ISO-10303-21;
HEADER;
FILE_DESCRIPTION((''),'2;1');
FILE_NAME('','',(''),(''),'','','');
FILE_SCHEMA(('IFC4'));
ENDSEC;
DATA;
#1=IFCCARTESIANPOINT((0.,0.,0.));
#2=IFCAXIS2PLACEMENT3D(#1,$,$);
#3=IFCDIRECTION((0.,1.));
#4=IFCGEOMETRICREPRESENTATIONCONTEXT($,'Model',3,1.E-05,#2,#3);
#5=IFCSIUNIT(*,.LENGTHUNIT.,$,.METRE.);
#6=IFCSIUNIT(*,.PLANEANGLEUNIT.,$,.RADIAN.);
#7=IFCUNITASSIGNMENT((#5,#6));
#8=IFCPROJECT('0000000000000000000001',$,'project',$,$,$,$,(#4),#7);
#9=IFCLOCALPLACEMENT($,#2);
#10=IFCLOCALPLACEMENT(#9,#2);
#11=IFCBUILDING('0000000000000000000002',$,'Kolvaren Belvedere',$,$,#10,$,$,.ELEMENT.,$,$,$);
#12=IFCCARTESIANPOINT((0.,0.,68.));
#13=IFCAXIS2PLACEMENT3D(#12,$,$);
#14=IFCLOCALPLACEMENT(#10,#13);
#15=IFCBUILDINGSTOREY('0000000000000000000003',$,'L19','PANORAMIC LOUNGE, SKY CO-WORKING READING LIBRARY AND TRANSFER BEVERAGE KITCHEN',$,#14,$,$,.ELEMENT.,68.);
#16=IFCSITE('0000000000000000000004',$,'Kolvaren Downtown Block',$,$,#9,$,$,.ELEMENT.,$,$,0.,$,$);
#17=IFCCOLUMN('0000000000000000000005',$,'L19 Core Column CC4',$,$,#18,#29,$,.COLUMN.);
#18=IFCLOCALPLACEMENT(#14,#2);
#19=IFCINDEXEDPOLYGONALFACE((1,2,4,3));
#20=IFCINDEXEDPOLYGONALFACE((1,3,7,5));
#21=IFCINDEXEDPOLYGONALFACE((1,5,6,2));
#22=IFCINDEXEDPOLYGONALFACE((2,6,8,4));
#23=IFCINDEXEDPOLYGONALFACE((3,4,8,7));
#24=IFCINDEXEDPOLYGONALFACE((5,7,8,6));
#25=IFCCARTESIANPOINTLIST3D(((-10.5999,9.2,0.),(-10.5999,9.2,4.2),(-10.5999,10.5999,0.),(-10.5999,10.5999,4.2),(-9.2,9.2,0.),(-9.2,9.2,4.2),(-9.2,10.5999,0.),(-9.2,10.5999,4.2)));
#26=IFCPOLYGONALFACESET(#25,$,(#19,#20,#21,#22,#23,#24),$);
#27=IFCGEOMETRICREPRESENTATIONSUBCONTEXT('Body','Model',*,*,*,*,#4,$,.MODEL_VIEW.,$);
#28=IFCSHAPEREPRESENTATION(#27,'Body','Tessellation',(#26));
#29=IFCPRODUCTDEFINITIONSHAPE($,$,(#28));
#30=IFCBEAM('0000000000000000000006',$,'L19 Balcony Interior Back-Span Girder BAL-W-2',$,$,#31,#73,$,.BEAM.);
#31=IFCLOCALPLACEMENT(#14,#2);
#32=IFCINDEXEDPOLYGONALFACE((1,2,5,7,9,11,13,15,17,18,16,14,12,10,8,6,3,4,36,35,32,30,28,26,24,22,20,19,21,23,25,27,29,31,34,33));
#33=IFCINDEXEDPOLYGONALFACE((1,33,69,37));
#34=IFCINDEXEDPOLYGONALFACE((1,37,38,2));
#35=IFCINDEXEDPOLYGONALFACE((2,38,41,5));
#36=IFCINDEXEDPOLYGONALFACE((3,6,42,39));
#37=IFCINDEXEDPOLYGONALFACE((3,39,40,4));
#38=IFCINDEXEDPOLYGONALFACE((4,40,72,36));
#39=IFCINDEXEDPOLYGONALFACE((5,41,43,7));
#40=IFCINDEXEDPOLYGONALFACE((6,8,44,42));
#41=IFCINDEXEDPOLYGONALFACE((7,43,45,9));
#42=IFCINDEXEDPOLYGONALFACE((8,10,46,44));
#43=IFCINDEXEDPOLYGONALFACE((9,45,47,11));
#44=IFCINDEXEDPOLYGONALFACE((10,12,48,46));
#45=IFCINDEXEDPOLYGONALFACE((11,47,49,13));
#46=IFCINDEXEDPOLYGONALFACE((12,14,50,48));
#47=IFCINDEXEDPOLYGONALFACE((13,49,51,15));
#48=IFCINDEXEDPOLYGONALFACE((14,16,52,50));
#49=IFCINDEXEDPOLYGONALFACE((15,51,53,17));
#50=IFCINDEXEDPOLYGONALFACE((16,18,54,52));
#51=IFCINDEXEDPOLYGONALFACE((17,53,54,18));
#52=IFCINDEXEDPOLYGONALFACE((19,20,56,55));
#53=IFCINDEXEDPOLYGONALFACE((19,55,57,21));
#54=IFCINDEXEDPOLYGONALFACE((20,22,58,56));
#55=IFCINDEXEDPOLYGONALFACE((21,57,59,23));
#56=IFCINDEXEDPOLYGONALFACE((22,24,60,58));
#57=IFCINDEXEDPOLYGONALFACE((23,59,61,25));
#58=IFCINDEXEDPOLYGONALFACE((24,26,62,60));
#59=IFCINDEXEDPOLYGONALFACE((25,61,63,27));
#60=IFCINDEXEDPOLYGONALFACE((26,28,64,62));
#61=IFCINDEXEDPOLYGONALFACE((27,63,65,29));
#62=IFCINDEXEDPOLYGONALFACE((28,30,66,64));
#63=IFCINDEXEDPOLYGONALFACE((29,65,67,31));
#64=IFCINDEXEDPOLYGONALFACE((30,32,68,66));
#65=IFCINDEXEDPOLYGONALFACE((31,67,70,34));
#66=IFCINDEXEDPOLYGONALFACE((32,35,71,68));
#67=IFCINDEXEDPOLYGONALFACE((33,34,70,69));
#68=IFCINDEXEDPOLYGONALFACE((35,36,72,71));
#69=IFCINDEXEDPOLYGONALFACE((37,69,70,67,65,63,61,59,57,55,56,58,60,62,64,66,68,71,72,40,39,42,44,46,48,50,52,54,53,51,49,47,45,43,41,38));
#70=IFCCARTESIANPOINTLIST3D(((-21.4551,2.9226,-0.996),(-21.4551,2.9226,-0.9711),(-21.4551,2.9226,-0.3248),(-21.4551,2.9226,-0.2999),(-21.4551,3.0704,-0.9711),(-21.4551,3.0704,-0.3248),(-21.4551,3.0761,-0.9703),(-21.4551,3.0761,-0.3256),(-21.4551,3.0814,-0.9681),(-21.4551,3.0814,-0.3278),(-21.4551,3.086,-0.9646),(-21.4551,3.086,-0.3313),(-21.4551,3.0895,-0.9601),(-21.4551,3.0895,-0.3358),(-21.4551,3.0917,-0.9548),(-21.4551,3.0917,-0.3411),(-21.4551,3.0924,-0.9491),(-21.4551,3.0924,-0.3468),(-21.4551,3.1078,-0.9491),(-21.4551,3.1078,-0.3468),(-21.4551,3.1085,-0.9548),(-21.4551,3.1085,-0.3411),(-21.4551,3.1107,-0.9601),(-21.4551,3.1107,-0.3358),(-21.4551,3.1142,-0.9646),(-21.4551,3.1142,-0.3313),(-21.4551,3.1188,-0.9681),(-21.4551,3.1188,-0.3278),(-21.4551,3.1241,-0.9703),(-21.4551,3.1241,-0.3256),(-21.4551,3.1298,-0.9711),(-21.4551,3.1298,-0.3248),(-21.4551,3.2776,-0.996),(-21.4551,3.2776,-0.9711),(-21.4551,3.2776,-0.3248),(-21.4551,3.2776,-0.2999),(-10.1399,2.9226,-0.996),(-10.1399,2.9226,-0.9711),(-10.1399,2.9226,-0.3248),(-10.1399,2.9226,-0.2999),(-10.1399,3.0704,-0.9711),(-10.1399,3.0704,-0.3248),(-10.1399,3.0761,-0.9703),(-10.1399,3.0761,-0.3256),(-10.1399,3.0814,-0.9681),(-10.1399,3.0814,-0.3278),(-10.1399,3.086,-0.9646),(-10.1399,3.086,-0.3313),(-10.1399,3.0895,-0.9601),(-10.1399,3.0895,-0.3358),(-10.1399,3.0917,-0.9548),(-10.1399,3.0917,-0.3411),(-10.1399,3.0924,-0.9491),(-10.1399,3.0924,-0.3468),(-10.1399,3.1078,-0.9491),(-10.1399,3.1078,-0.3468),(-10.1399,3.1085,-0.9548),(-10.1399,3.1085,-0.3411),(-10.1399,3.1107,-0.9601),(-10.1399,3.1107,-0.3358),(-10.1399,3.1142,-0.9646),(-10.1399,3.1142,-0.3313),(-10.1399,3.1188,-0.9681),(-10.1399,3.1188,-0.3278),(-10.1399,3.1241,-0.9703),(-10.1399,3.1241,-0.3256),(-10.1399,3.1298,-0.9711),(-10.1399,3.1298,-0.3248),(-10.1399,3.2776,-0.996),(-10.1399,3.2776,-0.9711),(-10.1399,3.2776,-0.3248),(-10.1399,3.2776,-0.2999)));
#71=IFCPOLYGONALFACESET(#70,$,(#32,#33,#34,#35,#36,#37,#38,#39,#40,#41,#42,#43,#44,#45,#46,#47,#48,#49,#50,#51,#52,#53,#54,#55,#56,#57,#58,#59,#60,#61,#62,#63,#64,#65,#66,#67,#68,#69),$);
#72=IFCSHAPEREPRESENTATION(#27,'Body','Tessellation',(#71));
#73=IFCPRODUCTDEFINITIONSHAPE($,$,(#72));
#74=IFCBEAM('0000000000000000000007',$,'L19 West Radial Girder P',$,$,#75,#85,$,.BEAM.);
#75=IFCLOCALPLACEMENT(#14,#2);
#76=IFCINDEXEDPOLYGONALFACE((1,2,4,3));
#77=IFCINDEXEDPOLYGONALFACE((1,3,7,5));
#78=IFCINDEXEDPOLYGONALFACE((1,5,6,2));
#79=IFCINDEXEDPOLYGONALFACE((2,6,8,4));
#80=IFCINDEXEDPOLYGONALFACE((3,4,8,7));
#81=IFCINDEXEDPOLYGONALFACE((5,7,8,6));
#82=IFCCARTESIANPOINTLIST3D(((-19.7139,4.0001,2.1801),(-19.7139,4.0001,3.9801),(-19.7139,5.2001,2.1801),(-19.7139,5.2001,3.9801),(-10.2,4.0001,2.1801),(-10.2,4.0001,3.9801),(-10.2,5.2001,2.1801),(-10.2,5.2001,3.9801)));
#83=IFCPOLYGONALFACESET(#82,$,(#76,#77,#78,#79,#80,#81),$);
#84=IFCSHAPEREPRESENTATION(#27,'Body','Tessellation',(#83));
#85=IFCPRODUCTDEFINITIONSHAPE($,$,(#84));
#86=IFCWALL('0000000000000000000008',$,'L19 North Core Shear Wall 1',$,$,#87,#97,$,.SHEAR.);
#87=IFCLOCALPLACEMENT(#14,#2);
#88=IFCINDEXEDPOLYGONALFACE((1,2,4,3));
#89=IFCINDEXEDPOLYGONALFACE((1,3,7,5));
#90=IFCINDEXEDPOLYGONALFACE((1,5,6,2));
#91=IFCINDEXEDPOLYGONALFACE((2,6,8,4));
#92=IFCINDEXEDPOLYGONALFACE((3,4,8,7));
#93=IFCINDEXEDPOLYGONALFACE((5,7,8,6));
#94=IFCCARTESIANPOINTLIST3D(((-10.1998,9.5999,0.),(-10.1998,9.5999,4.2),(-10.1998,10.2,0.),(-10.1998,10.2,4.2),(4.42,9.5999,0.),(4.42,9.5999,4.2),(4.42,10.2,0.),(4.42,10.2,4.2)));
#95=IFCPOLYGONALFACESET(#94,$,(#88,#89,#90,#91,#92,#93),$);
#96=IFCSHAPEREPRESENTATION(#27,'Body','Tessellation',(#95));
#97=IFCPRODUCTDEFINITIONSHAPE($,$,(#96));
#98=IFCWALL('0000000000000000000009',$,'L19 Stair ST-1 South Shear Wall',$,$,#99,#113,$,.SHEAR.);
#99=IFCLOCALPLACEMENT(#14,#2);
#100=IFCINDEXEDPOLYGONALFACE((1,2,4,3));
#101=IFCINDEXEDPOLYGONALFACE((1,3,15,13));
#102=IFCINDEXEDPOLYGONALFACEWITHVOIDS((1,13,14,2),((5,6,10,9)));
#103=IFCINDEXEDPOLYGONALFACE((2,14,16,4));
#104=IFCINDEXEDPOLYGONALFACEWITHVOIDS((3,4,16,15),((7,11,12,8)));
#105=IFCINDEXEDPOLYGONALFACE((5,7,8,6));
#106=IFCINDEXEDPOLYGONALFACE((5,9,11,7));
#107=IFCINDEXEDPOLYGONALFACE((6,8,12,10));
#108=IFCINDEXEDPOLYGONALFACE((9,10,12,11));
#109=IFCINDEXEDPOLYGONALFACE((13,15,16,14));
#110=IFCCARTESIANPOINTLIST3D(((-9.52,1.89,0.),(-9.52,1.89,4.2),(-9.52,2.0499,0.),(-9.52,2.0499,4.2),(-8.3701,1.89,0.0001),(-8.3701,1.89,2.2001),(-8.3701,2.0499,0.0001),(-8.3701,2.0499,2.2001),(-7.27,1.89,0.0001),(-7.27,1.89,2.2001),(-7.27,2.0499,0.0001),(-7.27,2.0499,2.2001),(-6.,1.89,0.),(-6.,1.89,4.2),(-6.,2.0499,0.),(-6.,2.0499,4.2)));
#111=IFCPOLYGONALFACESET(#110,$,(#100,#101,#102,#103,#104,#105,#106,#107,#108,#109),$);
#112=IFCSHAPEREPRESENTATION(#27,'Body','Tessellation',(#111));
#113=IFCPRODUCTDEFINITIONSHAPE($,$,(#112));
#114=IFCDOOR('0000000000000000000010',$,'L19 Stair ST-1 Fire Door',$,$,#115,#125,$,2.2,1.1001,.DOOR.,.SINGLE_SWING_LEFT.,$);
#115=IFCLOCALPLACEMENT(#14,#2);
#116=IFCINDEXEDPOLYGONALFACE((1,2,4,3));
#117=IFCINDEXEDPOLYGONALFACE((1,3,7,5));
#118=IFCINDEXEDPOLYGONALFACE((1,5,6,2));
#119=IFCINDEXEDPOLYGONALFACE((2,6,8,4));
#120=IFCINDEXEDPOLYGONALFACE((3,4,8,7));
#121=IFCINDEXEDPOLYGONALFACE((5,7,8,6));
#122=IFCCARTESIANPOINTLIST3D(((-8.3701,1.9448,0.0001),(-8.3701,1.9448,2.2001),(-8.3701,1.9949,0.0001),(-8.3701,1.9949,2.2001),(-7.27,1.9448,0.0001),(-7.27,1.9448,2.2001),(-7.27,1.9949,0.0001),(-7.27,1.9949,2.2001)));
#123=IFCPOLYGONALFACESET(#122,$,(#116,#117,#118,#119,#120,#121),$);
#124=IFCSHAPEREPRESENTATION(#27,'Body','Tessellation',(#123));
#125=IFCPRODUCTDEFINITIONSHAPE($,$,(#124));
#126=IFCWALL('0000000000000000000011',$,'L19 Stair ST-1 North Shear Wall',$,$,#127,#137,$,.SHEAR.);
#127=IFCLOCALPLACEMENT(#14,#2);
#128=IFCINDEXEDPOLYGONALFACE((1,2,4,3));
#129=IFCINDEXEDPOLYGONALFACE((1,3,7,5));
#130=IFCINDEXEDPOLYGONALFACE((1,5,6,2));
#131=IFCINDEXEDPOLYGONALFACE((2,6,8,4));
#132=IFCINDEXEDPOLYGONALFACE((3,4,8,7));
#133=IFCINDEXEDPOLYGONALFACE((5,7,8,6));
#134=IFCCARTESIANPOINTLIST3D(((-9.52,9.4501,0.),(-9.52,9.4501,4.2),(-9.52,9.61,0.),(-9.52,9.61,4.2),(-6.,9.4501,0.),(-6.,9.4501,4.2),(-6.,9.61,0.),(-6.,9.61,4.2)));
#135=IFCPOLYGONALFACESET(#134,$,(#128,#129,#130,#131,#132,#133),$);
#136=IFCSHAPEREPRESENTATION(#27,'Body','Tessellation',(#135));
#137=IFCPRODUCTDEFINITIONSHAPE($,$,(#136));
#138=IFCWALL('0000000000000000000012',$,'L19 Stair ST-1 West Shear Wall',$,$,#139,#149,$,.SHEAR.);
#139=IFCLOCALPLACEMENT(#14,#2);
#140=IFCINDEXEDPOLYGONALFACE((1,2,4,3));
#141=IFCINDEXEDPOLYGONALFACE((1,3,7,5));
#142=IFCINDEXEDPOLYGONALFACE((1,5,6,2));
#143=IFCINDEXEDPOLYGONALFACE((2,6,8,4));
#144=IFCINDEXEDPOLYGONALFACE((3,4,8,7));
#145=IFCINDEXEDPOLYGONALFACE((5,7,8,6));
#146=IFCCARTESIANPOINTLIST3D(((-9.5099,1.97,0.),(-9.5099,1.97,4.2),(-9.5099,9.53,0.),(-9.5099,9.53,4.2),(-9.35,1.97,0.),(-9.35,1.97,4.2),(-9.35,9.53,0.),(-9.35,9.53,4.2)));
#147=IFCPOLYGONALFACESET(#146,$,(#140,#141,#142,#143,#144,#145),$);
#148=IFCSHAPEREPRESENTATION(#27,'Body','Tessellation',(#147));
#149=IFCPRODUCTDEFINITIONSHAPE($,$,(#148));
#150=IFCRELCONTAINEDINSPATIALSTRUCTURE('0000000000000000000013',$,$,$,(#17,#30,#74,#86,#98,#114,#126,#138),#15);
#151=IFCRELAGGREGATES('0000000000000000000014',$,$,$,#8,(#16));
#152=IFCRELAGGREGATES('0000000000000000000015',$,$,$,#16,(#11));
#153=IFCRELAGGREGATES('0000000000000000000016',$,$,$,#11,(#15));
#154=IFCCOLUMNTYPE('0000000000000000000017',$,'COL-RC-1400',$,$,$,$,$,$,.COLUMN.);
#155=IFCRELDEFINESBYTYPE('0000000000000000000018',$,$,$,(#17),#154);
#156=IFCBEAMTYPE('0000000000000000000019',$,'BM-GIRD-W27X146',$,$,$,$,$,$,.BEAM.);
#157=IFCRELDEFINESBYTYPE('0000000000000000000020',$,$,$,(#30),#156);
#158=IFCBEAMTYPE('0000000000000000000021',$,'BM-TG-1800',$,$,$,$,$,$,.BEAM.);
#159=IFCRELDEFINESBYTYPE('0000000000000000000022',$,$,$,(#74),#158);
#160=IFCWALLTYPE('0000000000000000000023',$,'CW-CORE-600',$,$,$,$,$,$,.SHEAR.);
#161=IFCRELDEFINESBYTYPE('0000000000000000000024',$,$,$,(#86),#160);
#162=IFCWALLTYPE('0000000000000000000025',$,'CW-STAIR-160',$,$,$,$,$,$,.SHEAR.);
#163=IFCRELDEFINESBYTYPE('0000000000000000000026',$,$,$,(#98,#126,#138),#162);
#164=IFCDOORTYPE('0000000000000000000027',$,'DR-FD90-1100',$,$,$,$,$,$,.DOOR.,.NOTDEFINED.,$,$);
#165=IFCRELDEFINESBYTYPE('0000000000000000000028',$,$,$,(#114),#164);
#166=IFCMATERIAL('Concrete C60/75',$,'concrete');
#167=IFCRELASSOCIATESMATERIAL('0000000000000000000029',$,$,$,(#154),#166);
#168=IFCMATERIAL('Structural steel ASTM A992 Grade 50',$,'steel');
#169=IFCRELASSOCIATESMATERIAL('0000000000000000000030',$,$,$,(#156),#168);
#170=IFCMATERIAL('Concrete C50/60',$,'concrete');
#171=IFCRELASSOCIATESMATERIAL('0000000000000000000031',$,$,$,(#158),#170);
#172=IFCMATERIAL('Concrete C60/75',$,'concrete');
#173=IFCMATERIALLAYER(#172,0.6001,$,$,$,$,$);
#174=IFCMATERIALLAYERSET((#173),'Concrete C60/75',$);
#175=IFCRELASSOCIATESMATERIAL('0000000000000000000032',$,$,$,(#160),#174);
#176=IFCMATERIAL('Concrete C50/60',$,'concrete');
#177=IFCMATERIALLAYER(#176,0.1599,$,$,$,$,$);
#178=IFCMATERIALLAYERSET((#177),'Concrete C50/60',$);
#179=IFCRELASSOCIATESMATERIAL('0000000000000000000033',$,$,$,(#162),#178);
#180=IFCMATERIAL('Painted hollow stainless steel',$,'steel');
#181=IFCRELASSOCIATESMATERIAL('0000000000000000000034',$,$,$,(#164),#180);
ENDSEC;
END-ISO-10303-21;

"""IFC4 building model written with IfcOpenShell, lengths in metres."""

from ifc_helpers import new_model, si_unit, direction, frame, frame_2d, origin, origin_2d, place, context, subcontext, project, spatial, rectangle, i_section, extrude, material, layer, layer_set, material_profile, profile_set, type_object, element, fill, save


model = new_model("IFC4")

# Units and contexts
model_context = context("Model", 3, precision=1e-05, world=origin(), true_north=direction((0.0, 1.0)))
body_context = subcontext(model_context, "Body", "Model", "MODEL_VIEW")
ifc_project = project(units=[si_unit("LENGTHUNIT", "METRE"), si_unit("PLANEANGLEUNIT", "RADIAN")], contexts=[model_context])

# Site, building, storey
site_placement = place(None, origin())
site = spatial("IfcSite", under=ifc_project, at=site_placement, Name="Kolvaren Downtown Block", CompositionType="ELEMENT", RefElevation=0.0)
building_placement = place(site_placement, origin())
building = spatial("IfcBuilding", under=site, at=building_placement, Name="Kolvaren Belvedere", CompositionType="ELEMENT")
storey_placement = place(building_placement, frame((0.0, 0.0, 68.0)))
storey = spatial("IfcBuildingStorey", under=building, at=storey_placement, Name="L19", Description="PANORAMIC LOUNGE, SKY CO-WORKING READING LIBRARY AND TRANSFER BEVERAGE KITCHEN", CompositionType="ELEMENT", Elevation=68.0)

# Column
ifc_material_1 = material(Name="Concrete C60/75", Category="concrete")
ifc_material_profile_1 = material_profile(ifc_material_1, rectangle(XDim=1.3999, YDim=1.3999, at=origin_2d()), Name="RC 1400X1400")
ifc_profile_set_1 = profile_set([ifc_material_profile_1], Name="Concrete C60/75")
column_type = type_object("IfcColumnType", Name="COL-RC-1400", PredefinedType="COLUMN", material=ifc_profile_set_1)
column_placement = place(storey_placement, frame((-9.8999, 9.8999, 0.0), z_axis=(0.0, 0.0, 1.0), x_axis=(1.0, 0.0, 0.0)))
element("IfcColumn", 1, at=column_placement, inside=storey, type_object=column_type, Name="L19 Core Column CC4", PredefinedType="COLUMN", context=body_context, shape_type="SweptSolid", body=[
    extrude(rectangle(XDim=1.3999, YDim=1.3999, at=origin_2d()), origin(), (0.0, 0.0, 1.0), 4.2),
])

# Beams
ifc_material_2 = material(Name="Structural steel ASTM A992 Grade 50", Category="steel")
ifc_material_profile_2 = material_profile(ifc_material_2, i_section(OverallWidth=0.355, OverallDepth=0.696, WebThickness=0.0154, FlangeThickness=0.0249, FilletRadius=0.022, at=origin_2d()), Name="W27X146")
ifc_profile_set_2 = profile_set([ifc_material_profile_2], Name="Structural steel ASTM A992 Grade 50")
beam_type_1 = type_object("IfcBeamType", Name="BM-GIRD-W27X146", PredefinedType="BEAM", material=ifc_profile_set_2)
beam_1_placement = place(storey_placement, frame((-10.1399, 3.1001, -0.6479), z_axis=(-1.0, 0.0, 0.0), x_axis=(0.0, -1.0, 0.0)))
element("IfcBeam", 2, at=beam_1_placement, inside=storey, type_object=beam_type_1, Name="L19 Balcony Interior Back-Span Girder BAL-W-2", PredefinedType="BEAM", context=body_context, shape_type="SweptSolid", body=[
    extrude(i_section(OverallWidth=0.355, OverallDepth=0.696, WebThickness=0.0154, FlangeThickness=0.0249, FilletRadius=0.022, at=origin_2d()), origin(), (0.0, 0.0, 1.0), 11.3152),
])
ifc_material_3 = material(Name="Concrete C50/60", Category="concrete")
ifc_material_profile_3 = material_profile(ifc_material_3, rectangle(XDim=1.2, YDim=1.8, at=origin_2d()), Name="RC 1200X1800")
ifc_profile_set_3 = profile_set([ifc_material_profile_3], Name="Concrete C50/60")
beam_type_2 = type_object("IfcBeamType", Name="BM-TG-1800", PredefinedType="BEAM", material=ifc_profile_set_3)
beam_2_placement = place(storey_placement, frame((-10.2, 4.6001, 3.0801), z_axis=(-1.0, 0.0, 0.0), x_axis=(0.0, -1.0, 0.0)))
element("IfcBeam", 3, at=beam_2_placement, inside=storey, type_object=beam_type_2, Name="L19 West Radial Girder P", PredefinedType="BEAM", context=body_context, shape_type="SweptSolid", body=[
    extrude(rectangle(XDim=1.2, YDim=1.8, at=origin_2d()), origin(), (0.0, 0.0, 1.0), 9.5139),
])

# Wall
ifc_material_4 = material(Name="Concrete C60/75", Category="concrete")
ifc_layer_1 = layer(ifc_material_4, 0.6001)
ifc_layer_set_1 = layer_set([ifc_layer_1], Name="Concrete C60/75")
wall_type_1 = type_object("IfcWallType", Name="CW-CORE-600", PredefinedType="SHEAR", material=ifc_layer_set_1)
wall_1_placement = place(storey_placement, frame((-10.2, 9.8999, 0.0), z_axis=(0.0, 0.0, 1.0), x_axis=(1.0, 0.0, 0.0)))
element("IfcWall", 4, at=wall_1_placement, inside=storey, type_object=wall_type_1, Name="L19 North Core Shear Wall 1", PredefinedType="SHEAR", context=body_context, shape_type="SweptSolid", body=[
    extrude(rectangle(XDim=14.6199, YDim=0.6001, at=frame_2d((7.3101, 0.0))), origin(), (0.0, 0.0, 1.0), 4.2),
])

# Wall, opening, door
ifc_material_5 = material(Name="Concrete C50/60", Category="concrete")
ifc_layer_2 = layer(ifc_material_5, 0.1599)
ifc_layer_set_2 = layer_set([ifc_layer_2], Name="Concrete C50/60")
wall_type_2 = type_object("IfcWallType", Name="CW-STAIR-160", PredefinedType="SHEAR", material=ifc_layer_set_2)
wall_2_placement = place(storey_placement, frame((-9.52, 1.97, 0.0), z_axis=(0.0, 0.0, 1.0), x_axis=(1.0, 0.0, 0.0)))
wall_2 = element("IfcWall", 5, at=wall_2_placement, inside=storey, type_object=wall_type_2, Name="L19 Stair ST-1 South Shear Wall", PredefinedType="SHEAR", context=body_context, shape_type="SweptSolid", body=[
    extrude(rectangle(XDim=3.52, YDim=0.1599, at=frame_2d((1.76, 0.0))), origin(), (0.0, 0.0, 1.0), 4.2),
])
opening_placement = place(wall_2_placement, frame((1.1499, 0.0, 0.0)))
opening = element("IfcOpeningElement", 6, at=opening_placement, cuts=wall_2, PredefinedType="OPENING", context=body_context, shape_type="SweptSolid", body=[
    extrude(rectangle(XDim=1.1001, YDim=2.2, at=frame_2d((0.55, 1.1001))), frame((0.0, 0.0898, 0.0), z_axis=(0.0, -1.0, 0.0), x_axis=(1.0, 0.0, 0.0)), (0.0, 0.0, 1.0), 0.1799),
])
ifc_material_6 = material(Name="Painted hollow stainless steel", Category="steel")
door_type = type_object("IfcDoorType", Name="DR-FD90-1100", OperationType="NOTDEFINED", PredefinedType="DOOR", material=ifc_material_6)
door_placement = place(opening_placement, origin())
door = element("IfcDoor", 7, at=door_placement, inside=storey, type_object=door_type, Name="L19 Stair ST-1 Fire Door", OperationType="SINGLE_SWING_LEFT", OverallHeight=2.2, OverallWidth=1.1001, PredefinedType="DOOR", context=body_context, shape_type="SweptSolid", body=[
    extrude(rectangle(XDim=1.1001, YDim=2.2, at=frame_2d((0.55, 1.1001))), frame((0.0, 0.0249, 0.0), z_axis=(0.0, -1.0, 0.0), x_axis=(1.0, 0.0, 0.0)), (0.0, 0.0, 1.0), 0.05),
])
fill(opening, door)

# Walls
wall_3_placement = place(storey_placement, frame((-9.52, 9.53, 0.0), z_axis=(0.0, 0.0, 1.0), x_axis=(1.0, 0.0, 0.0)))
element("IfcWall", 8, at=wall_3_placement, inside=storey, type_object=wall_type_2, Name="L19 Stair ST-1 North Shear Wall", PredefinedType="SHEAR", context=body_context, shape_type="SweptSolid", body=[
    extrude(rectangle(XDim=3.52, YDim=0.1599, at=frame_2d((1.76, 0.0))), origin(), (0.0, 0.0, 1.0), 4.2),
])
wall_4_placement = place(storey_placement, frame((-9.4299, 1.97, 0.0), z_axis=(0.0, 0.0, 1.0), x_axis=(0.0, 1.0, 0.0)))
element("IfcWall", 9, at=wall_4_placement, inside=storey, type_object=wall_type_2, Name="L19 Stair ST-1 West Shear Wall", PredefinedType="SHEAR", context=body_context, shape_type="SweptSolid", body=[
    extrude(rectangle(XDim=7.5601, YDim=0.1599, at=frame_2d((3.78, 0.0))), origin(), (0.0, 0.0, 1.0), 4.2),
])

save(model, "model.ifc")
